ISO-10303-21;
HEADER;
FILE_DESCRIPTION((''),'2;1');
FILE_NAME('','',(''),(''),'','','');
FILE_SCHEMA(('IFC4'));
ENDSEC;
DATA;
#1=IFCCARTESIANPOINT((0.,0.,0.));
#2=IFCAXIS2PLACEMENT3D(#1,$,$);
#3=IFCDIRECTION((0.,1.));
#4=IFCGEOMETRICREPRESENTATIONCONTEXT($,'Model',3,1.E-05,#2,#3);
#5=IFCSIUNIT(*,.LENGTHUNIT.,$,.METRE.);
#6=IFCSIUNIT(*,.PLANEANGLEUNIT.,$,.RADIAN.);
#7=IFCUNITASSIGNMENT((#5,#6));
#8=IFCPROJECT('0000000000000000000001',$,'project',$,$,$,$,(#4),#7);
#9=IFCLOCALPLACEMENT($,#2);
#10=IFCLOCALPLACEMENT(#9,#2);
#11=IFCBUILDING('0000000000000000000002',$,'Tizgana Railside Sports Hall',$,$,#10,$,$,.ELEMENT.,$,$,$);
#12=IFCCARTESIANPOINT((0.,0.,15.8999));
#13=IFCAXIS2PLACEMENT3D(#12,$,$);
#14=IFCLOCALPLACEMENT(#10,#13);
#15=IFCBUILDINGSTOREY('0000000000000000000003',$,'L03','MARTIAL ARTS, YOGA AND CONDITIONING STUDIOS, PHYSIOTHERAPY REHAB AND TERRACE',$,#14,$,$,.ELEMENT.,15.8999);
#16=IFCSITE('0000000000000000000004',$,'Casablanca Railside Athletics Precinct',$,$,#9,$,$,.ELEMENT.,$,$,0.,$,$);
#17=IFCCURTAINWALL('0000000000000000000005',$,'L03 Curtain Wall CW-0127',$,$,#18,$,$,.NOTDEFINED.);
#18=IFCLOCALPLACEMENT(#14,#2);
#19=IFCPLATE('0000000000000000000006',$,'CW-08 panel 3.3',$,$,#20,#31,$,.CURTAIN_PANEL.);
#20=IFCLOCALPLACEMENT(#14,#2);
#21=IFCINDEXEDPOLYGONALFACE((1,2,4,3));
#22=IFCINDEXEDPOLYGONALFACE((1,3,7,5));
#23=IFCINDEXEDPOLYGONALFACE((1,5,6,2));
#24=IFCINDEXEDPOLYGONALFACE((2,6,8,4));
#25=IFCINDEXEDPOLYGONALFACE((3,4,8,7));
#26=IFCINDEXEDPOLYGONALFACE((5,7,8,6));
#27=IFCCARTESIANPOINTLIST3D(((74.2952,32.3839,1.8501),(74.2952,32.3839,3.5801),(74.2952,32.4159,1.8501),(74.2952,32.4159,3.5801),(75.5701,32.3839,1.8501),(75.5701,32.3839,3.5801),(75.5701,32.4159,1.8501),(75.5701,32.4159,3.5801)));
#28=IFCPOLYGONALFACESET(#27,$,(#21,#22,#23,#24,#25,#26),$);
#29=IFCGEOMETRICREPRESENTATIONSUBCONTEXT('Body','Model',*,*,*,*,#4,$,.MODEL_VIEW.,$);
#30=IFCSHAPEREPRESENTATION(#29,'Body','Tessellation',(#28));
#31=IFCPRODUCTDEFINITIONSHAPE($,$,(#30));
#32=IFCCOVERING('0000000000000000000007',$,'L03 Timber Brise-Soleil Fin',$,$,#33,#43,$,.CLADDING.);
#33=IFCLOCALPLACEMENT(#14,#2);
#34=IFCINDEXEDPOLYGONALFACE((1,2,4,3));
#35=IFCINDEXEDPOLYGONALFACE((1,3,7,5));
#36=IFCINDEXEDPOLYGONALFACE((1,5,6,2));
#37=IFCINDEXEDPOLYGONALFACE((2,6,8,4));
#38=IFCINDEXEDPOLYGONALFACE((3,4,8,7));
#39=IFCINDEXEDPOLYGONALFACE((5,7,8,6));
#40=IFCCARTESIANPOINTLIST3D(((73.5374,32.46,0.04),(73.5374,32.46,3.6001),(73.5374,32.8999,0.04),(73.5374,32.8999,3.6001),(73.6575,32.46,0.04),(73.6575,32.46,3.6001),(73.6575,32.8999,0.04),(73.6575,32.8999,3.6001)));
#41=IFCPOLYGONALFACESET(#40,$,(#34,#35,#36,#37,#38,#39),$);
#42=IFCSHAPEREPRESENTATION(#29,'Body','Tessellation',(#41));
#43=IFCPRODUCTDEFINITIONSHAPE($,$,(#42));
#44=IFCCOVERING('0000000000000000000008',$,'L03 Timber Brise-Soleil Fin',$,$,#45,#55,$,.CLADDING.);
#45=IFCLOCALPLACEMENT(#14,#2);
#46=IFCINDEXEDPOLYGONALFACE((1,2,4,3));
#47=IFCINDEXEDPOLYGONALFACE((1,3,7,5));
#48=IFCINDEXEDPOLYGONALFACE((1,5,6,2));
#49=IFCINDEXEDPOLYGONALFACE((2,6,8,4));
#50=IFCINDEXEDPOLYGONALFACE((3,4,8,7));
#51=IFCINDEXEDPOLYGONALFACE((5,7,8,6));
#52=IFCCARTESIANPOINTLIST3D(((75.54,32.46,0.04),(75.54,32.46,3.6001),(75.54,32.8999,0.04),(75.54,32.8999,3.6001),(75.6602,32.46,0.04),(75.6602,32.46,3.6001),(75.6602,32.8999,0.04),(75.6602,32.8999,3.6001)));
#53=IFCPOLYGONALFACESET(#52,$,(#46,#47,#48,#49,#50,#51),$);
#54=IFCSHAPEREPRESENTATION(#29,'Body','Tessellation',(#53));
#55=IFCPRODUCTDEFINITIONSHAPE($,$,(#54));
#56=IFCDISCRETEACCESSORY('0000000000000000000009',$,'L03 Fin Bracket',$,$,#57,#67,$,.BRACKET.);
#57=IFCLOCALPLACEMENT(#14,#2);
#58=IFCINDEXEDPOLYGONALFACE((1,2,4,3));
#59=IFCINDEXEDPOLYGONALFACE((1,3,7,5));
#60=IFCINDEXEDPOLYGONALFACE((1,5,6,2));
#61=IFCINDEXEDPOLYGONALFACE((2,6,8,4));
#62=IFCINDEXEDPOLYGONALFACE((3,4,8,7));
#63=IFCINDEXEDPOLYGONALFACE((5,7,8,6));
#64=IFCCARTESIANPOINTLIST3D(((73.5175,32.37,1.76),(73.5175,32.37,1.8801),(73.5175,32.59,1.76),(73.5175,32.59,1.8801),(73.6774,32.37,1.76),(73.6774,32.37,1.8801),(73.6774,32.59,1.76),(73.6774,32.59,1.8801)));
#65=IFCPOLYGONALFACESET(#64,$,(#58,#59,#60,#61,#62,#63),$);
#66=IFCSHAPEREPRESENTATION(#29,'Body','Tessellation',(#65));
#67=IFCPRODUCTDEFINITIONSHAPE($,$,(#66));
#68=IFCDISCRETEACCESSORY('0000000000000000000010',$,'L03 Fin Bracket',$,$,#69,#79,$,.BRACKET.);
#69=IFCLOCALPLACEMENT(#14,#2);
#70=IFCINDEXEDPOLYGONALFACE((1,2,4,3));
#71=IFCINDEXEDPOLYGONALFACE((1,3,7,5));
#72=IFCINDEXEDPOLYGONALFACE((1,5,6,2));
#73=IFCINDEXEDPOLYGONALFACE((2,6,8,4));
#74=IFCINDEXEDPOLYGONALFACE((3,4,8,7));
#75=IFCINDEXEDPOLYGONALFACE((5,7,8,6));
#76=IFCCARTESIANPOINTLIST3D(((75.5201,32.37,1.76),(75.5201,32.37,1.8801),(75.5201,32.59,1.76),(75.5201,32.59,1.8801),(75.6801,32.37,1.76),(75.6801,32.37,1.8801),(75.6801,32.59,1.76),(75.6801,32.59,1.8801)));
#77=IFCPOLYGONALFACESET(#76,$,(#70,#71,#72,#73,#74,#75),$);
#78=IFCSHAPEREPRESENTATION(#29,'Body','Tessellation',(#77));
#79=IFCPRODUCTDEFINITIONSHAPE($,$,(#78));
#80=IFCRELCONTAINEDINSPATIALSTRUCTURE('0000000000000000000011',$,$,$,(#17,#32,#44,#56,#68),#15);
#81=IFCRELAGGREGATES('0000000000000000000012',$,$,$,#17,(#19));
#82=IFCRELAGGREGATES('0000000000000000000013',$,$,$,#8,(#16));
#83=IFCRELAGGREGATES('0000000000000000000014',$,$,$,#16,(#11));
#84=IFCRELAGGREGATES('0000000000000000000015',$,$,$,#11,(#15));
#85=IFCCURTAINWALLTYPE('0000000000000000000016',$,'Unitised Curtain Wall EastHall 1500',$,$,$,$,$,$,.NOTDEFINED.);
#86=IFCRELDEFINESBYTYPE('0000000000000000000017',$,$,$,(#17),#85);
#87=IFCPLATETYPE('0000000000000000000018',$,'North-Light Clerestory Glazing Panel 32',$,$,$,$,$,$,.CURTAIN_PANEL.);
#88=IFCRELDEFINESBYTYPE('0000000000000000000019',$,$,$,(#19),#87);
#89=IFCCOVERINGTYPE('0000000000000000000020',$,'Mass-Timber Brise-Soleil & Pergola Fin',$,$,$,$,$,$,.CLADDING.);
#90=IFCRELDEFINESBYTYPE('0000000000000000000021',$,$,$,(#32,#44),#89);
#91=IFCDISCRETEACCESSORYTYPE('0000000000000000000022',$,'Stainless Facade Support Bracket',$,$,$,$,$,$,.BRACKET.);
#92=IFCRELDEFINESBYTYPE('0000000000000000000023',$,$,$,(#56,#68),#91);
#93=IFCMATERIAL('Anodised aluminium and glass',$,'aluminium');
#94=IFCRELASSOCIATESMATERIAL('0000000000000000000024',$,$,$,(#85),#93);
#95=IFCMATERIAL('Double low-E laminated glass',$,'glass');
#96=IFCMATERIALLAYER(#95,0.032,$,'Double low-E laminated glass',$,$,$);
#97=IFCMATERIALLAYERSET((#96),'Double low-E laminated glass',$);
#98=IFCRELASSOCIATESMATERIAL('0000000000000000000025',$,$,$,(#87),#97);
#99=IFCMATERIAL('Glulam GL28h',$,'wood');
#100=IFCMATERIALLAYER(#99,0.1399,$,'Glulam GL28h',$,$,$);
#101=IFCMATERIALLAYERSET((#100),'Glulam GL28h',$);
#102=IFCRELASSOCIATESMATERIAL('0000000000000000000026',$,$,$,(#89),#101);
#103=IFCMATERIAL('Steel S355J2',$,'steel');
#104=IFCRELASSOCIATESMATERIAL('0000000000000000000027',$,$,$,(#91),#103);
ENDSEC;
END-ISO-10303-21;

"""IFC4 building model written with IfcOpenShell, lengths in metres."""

from ifc_helpers import new_model, si_unit, direction, frame, origin, origin_2d, place, context, subcontext, project, spatial, rectangle, extrude, material, layer, layer_set, type_object, element, aggregate, save


model = new_model("IFC4")

# Units and contexts
model_context = context("Model", 3, precision=1e-05, world=origin(), true_north=direction((0.0, 1.0)))
body_context = subcontext(model_context, "Body", "Model", "MODEL_VIEW")
ifc_project = project(units=[si_unit("LENGTHUNIT", "METRE"), si_unit("PLANEANGLEUNIT", "RADIAN")], contexts=[model_context])

# Site, building, storey
site_placement = place(None, origin())
site = spatial("IfcSite", under=ifc_project, at=site_placement, Name="Casablanca Railside Athletics Precinct", CompositionType="ELEMENT", RefElevation=0.0)
building_placement = place(site_placement, origin())
building = spatial("IfcBuilding", under=site, at=building_placement, Name="Tizgana Railside Sports Hall", CompositionType="ELEMENT")
storey_placement = place(building_placement, frame((0.0, 0.0, 15.8999)))
storey = spatial("IfcBuildingStorey", under=building, at=storey_placement, Name="L03", Description="MARTIAL ARTS, YOGA AND CONDITIONING STUDIOS, PHYSIOTHERAPY REHAB AND TERRACE", CompositionType="ELEMENT", Elevation=15.8999)

# Shared definitions
ifc_material_1 = material(Name="Steel S355J2", Category="steel")

# Curtain wall, plate
ifc_material_2 = material(Name="Anodised aluminium and glass", Category="aluminium")
curtain_wall_type = type_object("IfcCurtainWallType", Name="Unitised Curtain Wall EastHall 1500", PredefinedType="NOTDEFINED", material=ifc_material_2)
curtain_wall_placement = place(storey_placement, origin())
curtain_wall = element("IfcCurtainWall", 1, at=curtain_wall_placement, inside=storey, type_object=curtain_wall_type, Name="L03 Curtain Wall CW-0127", PredefinedType="NOTDEFINED")
ifc_material_3 = material(Name="Double low-E laminated glass", Category="glass")
ifc_layer_1 = layer(ifc_material_3, 0.032, Name="Double low-E laminated glass")
ifc_layer_set_1 = layer_set([ifc_layer_1], Name="Double low-E laminated glass")
plate_type = type_object("IfcPlateType", Name="North-Light Clerestory Glazing Panel 32", PredefinedType="CURTAIN_PANEL", material=ifc_layer_set_1)
plate_1_placement = place(storey_placement, frame((74.9326, 32.3999, 1.8501), z_axis=(0.0, 0.0, 1.0), x_axis=(1.0, 0.0, 0.0)))
plate_1 = element("IfcPlate", 2, at=plate_1_placement, type_object=plate_type, Name="CW-08 panel 3.3", PredefinedType="CURTAIN_PANEL", context=body_context, shape_type="SweptSolid", body=[
    extrude(rectangle(XDim=1.2749, YDim=0.032, at=origin_2d()), origin(), (0.0, 0.0, 1.0), 1.73),
])
aggregate(curtain_wall, [plate_1])

# Coverings
ifc_material_4 = material(Name="Glulam GL28h", Category="wood")
ifc_layer_2 = layer(ifc_material_4, 0.1399, Name="Glulam GL28h")
ifc_layer_set_2 = layer_set([ifc_layer_2], Name="Glulam GL28h")
covering_type = type_object("IfcCoveringType", Name="Mass-Timber Brise-Soleil & Pergola Fin", PredefinedType="CLADDING", material=ifc_layer_set_2)
for number, where, z_axis, x_axis, name in (
    (3, (73.5974, 32.6799, 0.04), (0.0, 0.0, 1.0), (1.0, 0.0, 0.0), "L03 Timber Brise-Soleil Fin"),
    (4, (75.6001, 32.6799, 0.04), (0.0, 0.0, 1.0), (1.0, 0.0, 0.0), "L03 Timber Brise-Soleil Fin"),
):
    element("IfcCovering", number, at=place(storey_placement, frame(where, z_axis=z_axis, x_axis=x_axis)), inside=storey, type_object=covering_type, Name=name, PredefinedType="CLADDING", context=body_context, shape_type="SweptSolid", body=[
        extrude(rectangle(XDim=0.1201, YDim=0.4399, at=origin_2d()), origin(), (0.0, 0.0, 1.0), 3.5601),
    ])

# Discrete accessories
discrete_accessory_type = type_object("IfcDiscreteAccessoryType", Name="Stainless Facade Support Bracket", PredefinedType="BRACKET", material=ifc_material_1)
for number, where, z_axis, x_axis, name in (
    (5, (73.5974, 32.48, 1.76), (0.0, 0.0, 1.0), (1.0, 0.0, 0.0), "L03 Fin Bracket"),
    (6, (75.6001, 32.48, 1.76), (0.0, 0.0, 1.0), (1.0, 0.0, 0.0), "L03 Fin Bracket"),
):
    element("IfcDiscreteAccessory", number, at=place(storey_placement, frame(where, z_axis=z_axis, x_axis=x_axis)), inside=storey, type_object=discrete_accessory_type, Name=name, PredefinedType="BRACKET", context=body_context, shape_type="SweptSolid", body=[
        extrude(rectangle(XDim=0.1599, YDim=0.22, at=origin_2d()), origin(), (0.0, 0.0, 1.0), 0.1201),
    ])

save(model, "model.ifc")
